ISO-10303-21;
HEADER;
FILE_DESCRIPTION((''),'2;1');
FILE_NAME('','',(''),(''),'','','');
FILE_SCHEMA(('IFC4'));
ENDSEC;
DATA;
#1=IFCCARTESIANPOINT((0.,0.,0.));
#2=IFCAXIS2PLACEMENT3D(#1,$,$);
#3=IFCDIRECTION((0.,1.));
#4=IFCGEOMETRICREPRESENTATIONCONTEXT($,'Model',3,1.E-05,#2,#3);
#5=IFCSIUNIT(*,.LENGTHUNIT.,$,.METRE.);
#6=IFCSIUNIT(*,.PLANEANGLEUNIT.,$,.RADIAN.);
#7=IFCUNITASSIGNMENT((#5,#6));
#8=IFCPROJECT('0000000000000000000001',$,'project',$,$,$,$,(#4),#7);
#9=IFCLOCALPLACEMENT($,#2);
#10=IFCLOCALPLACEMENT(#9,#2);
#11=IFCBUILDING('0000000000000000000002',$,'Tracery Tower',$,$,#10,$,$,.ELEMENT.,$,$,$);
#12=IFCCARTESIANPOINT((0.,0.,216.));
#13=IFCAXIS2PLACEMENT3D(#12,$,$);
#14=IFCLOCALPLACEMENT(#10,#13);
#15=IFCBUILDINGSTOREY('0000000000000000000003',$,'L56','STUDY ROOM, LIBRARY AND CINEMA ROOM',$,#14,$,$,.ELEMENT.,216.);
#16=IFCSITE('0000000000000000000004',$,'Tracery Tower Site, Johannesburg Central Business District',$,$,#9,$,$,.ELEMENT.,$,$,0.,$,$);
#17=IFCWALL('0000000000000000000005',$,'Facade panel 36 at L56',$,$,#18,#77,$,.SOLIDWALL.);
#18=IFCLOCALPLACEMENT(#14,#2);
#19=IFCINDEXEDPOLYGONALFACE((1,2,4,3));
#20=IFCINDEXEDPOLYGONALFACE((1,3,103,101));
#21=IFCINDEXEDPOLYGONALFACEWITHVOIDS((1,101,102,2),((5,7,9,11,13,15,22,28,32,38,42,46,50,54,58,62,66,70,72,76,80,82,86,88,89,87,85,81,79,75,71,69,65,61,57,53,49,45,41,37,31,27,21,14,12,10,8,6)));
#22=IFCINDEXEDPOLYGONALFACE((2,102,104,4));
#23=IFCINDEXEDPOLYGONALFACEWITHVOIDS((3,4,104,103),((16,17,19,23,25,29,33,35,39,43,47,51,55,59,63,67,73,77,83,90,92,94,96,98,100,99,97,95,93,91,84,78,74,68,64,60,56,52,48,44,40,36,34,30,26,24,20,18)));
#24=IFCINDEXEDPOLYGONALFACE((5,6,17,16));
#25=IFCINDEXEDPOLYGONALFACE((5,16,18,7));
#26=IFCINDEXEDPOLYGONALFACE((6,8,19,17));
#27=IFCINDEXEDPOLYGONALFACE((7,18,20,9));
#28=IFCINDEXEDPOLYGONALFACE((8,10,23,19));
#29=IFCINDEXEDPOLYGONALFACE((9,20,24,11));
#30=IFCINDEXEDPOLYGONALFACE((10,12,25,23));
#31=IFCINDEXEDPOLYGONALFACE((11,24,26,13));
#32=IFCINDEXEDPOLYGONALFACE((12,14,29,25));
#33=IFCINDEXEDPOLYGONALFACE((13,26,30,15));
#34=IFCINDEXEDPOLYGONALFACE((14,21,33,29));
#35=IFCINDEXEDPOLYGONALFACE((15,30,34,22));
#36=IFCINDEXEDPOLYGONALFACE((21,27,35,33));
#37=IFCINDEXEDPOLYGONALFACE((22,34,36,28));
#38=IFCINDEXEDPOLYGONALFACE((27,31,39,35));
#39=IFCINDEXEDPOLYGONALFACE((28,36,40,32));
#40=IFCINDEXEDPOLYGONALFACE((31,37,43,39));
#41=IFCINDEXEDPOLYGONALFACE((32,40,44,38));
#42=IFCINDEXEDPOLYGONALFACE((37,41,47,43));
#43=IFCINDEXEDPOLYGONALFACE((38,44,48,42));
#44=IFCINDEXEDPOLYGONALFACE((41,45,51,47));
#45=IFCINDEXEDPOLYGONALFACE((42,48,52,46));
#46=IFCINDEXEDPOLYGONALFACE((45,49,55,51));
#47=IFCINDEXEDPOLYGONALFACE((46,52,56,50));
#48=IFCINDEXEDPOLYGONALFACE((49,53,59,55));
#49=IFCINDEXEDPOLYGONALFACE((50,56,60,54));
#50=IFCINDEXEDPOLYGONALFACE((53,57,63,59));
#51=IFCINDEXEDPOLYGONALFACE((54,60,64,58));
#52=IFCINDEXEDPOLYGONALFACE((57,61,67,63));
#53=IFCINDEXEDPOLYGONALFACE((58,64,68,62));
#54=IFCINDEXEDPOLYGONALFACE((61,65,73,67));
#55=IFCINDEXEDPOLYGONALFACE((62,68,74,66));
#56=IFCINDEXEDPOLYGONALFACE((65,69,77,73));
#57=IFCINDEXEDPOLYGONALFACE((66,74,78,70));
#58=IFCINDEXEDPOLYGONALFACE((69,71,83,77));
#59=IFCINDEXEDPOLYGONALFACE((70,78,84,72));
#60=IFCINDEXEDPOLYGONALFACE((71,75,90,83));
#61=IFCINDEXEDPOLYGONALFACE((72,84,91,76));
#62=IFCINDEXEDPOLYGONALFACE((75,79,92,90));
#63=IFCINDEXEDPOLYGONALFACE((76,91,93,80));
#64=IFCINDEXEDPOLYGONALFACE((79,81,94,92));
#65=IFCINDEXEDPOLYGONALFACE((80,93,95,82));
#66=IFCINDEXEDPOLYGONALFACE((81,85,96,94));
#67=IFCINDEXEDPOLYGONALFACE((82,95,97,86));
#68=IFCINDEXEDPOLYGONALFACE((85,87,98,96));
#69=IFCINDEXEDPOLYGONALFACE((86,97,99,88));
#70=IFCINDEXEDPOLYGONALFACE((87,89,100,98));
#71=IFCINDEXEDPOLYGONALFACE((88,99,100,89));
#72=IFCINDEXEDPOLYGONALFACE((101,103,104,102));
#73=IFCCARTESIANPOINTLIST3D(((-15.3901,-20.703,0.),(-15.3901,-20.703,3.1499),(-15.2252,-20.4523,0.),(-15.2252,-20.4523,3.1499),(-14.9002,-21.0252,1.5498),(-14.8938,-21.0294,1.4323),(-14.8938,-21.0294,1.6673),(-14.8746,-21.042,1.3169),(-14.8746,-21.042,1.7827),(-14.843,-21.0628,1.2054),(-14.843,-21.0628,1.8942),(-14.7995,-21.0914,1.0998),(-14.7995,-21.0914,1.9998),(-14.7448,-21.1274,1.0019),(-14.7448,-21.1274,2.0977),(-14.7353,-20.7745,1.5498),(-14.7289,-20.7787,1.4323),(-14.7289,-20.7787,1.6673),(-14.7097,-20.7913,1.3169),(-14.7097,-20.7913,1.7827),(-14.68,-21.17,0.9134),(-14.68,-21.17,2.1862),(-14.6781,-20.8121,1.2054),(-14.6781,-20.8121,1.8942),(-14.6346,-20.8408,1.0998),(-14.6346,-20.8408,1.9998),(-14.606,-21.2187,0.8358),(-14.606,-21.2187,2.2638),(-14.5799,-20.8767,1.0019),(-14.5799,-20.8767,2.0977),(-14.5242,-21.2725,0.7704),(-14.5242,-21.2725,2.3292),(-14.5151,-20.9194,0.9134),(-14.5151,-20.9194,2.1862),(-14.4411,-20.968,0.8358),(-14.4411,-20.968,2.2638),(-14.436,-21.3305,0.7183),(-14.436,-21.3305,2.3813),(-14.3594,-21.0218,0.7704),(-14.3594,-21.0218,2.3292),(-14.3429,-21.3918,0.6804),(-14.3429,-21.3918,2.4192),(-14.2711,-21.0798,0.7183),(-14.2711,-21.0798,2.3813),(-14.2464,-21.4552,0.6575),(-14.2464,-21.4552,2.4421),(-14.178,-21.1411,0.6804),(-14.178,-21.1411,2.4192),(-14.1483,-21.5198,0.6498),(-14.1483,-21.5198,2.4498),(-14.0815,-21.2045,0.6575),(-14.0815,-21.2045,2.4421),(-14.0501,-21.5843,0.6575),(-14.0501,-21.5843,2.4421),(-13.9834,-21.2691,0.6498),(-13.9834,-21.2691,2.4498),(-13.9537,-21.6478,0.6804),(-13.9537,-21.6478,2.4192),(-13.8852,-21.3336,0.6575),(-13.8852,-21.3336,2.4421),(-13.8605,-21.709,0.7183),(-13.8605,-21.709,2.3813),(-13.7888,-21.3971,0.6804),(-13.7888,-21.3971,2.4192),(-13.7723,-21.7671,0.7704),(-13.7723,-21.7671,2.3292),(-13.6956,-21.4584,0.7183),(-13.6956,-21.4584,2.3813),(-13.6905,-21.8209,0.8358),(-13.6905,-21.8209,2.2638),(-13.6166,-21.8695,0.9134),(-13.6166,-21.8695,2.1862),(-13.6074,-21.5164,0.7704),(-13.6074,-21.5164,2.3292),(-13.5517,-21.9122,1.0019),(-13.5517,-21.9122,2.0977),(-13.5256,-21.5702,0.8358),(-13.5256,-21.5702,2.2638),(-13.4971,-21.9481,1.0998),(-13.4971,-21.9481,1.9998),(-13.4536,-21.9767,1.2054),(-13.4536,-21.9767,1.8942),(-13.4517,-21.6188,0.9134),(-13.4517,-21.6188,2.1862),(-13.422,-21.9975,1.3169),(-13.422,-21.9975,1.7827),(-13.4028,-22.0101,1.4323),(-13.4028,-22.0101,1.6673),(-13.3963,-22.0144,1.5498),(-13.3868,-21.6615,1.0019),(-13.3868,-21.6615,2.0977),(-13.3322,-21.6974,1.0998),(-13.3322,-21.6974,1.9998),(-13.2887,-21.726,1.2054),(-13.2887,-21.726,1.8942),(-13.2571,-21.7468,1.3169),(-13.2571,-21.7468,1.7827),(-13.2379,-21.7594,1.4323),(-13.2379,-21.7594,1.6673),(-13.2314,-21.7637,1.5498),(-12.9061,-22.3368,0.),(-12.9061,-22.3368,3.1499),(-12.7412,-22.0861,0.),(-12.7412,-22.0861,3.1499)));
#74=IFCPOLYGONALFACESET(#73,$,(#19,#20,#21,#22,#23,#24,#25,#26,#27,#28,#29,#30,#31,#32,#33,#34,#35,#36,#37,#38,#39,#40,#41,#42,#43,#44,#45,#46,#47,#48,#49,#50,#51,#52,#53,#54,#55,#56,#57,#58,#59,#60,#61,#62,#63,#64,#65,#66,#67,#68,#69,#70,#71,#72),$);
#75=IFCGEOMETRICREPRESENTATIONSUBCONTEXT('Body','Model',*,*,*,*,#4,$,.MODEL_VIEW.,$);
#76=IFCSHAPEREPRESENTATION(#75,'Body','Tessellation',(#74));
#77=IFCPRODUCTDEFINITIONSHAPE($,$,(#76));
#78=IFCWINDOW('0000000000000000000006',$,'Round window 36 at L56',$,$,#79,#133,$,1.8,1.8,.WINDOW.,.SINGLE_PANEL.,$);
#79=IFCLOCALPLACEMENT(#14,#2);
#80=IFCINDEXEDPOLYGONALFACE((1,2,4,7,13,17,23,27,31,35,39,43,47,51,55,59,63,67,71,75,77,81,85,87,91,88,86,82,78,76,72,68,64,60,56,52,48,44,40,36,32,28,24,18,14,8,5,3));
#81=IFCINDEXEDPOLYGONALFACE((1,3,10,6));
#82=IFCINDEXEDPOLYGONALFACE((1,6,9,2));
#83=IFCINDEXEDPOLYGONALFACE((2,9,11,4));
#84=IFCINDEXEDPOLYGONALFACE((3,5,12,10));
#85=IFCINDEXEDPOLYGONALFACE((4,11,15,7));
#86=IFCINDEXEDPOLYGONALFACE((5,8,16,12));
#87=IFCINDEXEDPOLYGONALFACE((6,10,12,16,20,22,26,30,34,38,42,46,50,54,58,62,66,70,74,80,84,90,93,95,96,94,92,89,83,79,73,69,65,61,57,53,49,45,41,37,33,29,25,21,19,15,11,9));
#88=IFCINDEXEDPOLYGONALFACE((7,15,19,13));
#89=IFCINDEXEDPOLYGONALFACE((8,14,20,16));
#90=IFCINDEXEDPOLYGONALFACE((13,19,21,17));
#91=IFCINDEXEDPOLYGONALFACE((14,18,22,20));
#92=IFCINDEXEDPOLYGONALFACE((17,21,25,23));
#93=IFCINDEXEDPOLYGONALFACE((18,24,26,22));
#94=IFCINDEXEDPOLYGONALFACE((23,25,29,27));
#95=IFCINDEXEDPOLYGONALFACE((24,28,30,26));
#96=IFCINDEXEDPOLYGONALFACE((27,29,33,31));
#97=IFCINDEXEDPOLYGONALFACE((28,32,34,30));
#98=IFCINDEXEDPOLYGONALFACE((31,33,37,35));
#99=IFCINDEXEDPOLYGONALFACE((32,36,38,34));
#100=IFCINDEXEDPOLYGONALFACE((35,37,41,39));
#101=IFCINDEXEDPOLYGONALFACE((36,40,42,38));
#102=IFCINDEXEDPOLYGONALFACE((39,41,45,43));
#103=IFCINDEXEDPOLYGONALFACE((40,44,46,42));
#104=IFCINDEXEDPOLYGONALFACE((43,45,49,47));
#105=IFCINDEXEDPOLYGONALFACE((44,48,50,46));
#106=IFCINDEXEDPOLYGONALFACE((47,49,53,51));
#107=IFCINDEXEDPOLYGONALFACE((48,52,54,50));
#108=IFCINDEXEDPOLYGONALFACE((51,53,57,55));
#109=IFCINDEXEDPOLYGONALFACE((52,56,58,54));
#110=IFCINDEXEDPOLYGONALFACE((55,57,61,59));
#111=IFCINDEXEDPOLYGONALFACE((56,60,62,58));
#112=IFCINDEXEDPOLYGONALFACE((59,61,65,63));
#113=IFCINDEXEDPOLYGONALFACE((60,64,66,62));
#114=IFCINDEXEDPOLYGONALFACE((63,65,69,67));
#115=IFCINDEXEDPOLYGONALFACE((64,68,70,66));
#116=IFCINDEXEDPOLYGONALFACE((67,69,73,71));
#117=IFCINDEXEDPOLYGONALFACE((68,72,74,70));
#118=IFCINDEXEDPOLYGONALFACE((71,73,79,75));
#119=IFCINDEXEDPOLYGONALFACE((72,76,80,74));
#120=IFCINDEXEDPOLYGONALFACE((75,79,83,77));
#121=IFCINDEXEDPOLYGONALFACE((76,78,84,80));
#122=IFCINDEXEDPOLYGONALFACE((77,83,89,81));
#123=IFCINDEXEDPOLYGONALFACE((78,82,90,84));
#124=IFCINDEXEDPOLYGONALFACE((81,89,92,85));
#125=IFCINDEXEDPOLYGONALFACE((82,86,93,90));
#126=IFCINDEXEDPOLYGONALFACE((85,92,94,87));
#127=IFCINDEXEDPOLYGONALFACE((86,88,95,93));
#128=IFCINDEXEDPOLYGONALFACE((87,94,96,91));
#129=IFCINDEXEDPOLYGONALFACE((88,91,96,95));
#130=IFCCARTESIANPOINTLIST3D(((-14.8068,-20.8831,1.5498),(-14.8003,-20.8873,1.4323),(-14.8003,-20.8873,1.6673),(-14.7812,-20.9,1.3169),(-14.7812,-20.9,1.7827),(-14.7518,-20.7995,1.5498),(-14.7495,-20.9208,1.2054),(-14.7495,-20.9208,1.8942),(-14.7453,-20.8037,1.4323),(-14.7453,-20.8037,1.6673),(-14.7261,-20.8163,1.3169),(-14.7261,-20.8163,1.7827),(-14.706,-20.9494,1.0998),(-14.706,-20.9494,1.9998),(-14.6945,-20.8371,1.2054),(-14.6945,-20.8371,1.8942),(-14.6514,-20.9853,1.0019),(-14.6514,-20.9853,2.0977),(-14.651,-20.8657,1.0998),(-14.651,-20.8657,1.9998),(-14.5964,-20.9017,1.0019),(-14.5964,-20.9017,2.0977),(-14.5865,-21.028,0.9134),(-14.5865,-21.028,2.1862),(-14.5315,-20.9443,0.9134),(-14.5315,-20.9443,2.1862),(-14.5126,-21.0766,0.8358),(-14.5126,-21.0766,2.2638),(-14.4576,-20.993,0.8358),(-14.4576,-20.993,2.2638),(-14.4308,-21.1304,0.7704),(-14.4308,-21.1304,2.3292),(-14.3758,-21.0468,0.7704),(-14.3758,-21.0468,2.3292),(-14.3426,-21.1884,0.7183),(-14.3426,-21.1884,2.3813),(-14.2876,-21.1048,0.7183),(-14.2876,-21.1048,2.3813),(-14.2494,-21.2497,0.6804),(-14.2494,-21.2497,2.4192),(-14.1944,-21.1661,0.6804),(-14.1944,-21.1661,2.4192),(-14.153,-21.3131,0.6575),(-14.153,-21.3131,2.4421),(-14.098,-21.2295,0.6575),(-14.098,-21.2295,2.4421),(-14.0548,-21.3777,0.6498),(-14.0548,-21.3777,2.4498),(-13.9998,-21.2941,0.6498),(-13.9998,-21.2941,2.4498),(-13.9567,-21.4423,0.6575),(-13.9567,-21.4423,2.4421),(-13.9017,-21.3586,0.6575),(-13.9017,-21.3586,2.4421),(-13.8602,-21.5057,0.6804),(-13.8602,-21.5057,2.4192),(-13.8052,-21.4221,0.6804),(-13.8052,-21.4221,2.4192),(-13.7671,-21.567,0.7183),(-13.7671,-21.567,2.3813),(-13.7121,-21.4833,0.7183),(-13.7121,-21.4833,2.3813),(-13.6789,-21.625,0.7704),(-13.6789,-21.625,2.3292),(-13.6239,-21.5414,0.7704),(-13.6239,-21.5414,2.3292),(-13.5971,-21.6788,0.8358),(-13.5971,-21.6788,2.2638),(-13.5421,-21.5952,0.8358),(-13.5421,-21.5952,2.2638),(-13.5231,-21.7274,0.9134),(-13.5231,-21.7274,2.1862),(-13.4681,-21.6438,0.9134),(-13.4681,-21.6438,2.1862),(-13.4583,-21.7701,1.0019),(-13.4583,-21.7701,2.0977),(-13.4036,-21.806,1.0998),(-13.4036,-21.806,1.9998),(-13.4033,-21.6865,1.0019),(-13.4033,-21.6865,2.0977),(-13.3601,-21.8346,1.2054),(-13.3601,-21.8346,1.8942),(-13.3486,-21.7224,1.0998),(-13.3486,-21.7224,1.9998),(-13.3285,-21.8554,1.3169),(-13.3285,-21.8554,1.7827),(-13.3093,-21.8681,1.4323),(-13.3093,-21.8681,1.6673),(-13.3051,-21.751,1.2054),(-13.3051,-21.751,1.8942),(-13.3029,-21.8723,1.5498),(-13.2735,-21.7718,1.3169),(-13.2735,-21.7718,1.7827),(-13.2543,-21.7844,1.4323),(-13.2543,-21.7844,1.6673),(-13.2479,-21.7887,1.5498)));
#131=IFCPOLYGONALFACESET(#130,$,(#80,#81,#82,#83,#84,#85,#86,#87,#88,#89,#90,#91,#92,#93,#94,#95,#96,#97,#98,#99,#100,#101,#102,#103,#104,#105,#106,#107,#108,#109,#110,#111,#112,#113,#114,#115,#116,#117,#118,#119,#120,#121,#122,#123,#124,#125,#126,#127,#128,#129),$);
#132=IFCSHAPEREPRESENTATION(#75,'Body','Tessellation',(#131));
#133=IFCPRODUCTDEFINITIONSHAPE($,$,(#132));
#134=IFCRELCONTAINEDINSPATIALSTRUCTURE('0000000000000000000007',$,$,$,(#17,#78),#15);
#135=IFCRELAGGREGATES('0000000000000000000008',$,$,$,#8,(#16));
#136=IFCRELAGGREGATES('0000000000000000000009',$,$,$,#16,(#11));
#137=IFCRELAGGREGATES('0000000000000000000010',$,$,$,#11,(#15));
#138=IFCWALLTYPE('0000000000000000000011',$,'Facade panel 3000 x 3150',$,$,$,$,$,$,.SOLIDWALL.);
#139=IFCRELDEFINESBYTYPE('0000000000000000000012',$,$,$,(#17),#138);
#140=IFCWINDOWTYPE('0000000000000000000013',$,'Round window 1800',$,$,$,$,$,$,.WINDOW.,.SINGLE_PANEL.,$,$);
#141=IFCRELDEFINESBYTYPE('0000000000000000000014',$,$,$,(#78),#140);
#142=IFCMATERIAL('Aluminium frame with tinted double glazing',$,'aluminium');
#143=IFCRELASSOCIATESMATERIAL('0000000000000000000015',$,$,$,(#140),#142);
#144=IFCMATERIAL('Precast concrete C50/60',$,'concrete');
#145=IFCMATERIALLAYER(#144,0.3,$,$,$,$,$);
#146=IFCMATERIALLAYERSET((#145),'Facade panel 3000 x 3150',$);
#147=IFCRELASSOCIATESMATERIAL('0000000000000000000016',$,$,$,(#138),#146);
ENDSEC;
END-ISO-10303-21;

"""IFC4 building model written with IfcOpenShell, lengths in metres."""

from ifc_helpers import new_model, si_unit, direction, frame, frame_2d, origin, origin_2d, place, context, subcontext, project, spatial, rectangle, circle, extrude, material, layer, layer_set, type_object, element, fill, save


model = new_model("IFC4")

# Units and contexts
model_context = context("Model", 3, precision=1e-05, world=origin(), true_north=direction((0.0, 1.0)))
body_context = subcontext(model_context, "Body", "Model", "MODEL_VIEW")
ifc_project = project(units=[si_unit("LENGTHUNIT", "METRE"), si_unit("PLANEANGLEUNIT", "RADIAN")], contexts=[model_context])

# Site, building, storey
site_placement = place(None, origin())
site = spatial("IfcSite", under=ifc_project, at=site_placement, Name="Tracery Tower Site, Johannesburg Central Business District", CompositionType="ELEMENT", RefElevation=0.0)
building_placement = place(site_placement, origin())
building = spatial("IfcBuilding", under=site, at=building_placement, Name="Tracery Tower", CompositionType="ELEMENT")
storey_placement = place(building_placement, frame((0.0, 0.0, 216.0)))
storey = spatial("IfcBuildingStorey", under=building, at=storey_placement, Name="L56", Description="STUDY ROOM, LIBRARY AND CINEMA ROOM", CompositionType="ELEMENT", Elevation=216.0)

# Wall, opening, window
ifc_material_1 = material(Name="Aluminium frame with tinted double glazing", Category="aluminium")
window_type = type_object("IfcWindowType", Name="Round window 1800", PartitioningType="SINGLE_PANEL", PredefinedType="WINDOW", material=ifc_material_1)
ifc_material_2 = material(Name="Precast concrete C50/60", Category="concrete")
ifc_layer_1 = layer(ifc_material_2, 0.3)
ifc_layer_set_1 = layer_set([ifc_layer_1], Name="Facade panel 3000 x 3150")
wall_type_1 = type_object("IfcWallType", Name="Facade panel 3000 x 3150", PredefinedType="SOLIDWALL", material=ifc_layer_set_1)
wall_1_placement = place(storey_placement, frame((-15.3076, -20.5776, 0.0), z_axis=(0.0, 0.0, 1.0), x_axis=(0.835471, -0.549535, 0.0)))
wall_1 = element("IfcWall", 1, at=wall_1_placement, inside=storey, type_object=wall_type_1, Name="Facade panel 36 at L56", PredefinedType="SOLIDWALL", context=body_context, shape_type="SweptSolid", body=[
    extrude(rectangle(XDim=2.9731, YDim=0.3, at=frame_2d((1.4866, 0.0))), origin(), (0.0, 0.0, 1.0), 3.1499),
])
opening_1_placement = place(wall_1_placement, frame((1.4863, 0.0, 1.5498)))
opening_1 = element("IfcOpeningElement", 2, at=opening_1_placement, cuts=wall_1, PredefinedType="OPENING", context=body_context, shape_type="SweptSolid", body=[
    extrude(circle(Radius=0.9, at=origin_2d()), frame((0.0, 0.1599, 0.0), z_axis=(0.0, -1.0, 0.0), x_axis=(1.0, 0.0, 0.0)), (0.0, 0.0, 1.0), 0.3201),
])
window_1_placement = place(opening_1_placement, origin())
window_1 = element("IfcWindow", 3, at=window_1_placement, inside=storey, type_object=window_type, Name="Round window 36 at L56", OverallHeight=1.8, OverallWidth=1.8, PartitioningType="SINGLE_PANEL", PredefinedType="WINDOW", context=body_context, shape_type="SweptSolid", body=[
    extrude(circle(Radius=0.9, at=origin_2d()), frame((0.0, 0.1201, 0.0), z_axis=(0.0, -1.0, 0.0), x_axis=(1.0, 0.0, 0.0)), (0.0, 0.0, 1.0), 0.1001),
])
fill(opening_1, window_1)

save(model, "model.ifc")
